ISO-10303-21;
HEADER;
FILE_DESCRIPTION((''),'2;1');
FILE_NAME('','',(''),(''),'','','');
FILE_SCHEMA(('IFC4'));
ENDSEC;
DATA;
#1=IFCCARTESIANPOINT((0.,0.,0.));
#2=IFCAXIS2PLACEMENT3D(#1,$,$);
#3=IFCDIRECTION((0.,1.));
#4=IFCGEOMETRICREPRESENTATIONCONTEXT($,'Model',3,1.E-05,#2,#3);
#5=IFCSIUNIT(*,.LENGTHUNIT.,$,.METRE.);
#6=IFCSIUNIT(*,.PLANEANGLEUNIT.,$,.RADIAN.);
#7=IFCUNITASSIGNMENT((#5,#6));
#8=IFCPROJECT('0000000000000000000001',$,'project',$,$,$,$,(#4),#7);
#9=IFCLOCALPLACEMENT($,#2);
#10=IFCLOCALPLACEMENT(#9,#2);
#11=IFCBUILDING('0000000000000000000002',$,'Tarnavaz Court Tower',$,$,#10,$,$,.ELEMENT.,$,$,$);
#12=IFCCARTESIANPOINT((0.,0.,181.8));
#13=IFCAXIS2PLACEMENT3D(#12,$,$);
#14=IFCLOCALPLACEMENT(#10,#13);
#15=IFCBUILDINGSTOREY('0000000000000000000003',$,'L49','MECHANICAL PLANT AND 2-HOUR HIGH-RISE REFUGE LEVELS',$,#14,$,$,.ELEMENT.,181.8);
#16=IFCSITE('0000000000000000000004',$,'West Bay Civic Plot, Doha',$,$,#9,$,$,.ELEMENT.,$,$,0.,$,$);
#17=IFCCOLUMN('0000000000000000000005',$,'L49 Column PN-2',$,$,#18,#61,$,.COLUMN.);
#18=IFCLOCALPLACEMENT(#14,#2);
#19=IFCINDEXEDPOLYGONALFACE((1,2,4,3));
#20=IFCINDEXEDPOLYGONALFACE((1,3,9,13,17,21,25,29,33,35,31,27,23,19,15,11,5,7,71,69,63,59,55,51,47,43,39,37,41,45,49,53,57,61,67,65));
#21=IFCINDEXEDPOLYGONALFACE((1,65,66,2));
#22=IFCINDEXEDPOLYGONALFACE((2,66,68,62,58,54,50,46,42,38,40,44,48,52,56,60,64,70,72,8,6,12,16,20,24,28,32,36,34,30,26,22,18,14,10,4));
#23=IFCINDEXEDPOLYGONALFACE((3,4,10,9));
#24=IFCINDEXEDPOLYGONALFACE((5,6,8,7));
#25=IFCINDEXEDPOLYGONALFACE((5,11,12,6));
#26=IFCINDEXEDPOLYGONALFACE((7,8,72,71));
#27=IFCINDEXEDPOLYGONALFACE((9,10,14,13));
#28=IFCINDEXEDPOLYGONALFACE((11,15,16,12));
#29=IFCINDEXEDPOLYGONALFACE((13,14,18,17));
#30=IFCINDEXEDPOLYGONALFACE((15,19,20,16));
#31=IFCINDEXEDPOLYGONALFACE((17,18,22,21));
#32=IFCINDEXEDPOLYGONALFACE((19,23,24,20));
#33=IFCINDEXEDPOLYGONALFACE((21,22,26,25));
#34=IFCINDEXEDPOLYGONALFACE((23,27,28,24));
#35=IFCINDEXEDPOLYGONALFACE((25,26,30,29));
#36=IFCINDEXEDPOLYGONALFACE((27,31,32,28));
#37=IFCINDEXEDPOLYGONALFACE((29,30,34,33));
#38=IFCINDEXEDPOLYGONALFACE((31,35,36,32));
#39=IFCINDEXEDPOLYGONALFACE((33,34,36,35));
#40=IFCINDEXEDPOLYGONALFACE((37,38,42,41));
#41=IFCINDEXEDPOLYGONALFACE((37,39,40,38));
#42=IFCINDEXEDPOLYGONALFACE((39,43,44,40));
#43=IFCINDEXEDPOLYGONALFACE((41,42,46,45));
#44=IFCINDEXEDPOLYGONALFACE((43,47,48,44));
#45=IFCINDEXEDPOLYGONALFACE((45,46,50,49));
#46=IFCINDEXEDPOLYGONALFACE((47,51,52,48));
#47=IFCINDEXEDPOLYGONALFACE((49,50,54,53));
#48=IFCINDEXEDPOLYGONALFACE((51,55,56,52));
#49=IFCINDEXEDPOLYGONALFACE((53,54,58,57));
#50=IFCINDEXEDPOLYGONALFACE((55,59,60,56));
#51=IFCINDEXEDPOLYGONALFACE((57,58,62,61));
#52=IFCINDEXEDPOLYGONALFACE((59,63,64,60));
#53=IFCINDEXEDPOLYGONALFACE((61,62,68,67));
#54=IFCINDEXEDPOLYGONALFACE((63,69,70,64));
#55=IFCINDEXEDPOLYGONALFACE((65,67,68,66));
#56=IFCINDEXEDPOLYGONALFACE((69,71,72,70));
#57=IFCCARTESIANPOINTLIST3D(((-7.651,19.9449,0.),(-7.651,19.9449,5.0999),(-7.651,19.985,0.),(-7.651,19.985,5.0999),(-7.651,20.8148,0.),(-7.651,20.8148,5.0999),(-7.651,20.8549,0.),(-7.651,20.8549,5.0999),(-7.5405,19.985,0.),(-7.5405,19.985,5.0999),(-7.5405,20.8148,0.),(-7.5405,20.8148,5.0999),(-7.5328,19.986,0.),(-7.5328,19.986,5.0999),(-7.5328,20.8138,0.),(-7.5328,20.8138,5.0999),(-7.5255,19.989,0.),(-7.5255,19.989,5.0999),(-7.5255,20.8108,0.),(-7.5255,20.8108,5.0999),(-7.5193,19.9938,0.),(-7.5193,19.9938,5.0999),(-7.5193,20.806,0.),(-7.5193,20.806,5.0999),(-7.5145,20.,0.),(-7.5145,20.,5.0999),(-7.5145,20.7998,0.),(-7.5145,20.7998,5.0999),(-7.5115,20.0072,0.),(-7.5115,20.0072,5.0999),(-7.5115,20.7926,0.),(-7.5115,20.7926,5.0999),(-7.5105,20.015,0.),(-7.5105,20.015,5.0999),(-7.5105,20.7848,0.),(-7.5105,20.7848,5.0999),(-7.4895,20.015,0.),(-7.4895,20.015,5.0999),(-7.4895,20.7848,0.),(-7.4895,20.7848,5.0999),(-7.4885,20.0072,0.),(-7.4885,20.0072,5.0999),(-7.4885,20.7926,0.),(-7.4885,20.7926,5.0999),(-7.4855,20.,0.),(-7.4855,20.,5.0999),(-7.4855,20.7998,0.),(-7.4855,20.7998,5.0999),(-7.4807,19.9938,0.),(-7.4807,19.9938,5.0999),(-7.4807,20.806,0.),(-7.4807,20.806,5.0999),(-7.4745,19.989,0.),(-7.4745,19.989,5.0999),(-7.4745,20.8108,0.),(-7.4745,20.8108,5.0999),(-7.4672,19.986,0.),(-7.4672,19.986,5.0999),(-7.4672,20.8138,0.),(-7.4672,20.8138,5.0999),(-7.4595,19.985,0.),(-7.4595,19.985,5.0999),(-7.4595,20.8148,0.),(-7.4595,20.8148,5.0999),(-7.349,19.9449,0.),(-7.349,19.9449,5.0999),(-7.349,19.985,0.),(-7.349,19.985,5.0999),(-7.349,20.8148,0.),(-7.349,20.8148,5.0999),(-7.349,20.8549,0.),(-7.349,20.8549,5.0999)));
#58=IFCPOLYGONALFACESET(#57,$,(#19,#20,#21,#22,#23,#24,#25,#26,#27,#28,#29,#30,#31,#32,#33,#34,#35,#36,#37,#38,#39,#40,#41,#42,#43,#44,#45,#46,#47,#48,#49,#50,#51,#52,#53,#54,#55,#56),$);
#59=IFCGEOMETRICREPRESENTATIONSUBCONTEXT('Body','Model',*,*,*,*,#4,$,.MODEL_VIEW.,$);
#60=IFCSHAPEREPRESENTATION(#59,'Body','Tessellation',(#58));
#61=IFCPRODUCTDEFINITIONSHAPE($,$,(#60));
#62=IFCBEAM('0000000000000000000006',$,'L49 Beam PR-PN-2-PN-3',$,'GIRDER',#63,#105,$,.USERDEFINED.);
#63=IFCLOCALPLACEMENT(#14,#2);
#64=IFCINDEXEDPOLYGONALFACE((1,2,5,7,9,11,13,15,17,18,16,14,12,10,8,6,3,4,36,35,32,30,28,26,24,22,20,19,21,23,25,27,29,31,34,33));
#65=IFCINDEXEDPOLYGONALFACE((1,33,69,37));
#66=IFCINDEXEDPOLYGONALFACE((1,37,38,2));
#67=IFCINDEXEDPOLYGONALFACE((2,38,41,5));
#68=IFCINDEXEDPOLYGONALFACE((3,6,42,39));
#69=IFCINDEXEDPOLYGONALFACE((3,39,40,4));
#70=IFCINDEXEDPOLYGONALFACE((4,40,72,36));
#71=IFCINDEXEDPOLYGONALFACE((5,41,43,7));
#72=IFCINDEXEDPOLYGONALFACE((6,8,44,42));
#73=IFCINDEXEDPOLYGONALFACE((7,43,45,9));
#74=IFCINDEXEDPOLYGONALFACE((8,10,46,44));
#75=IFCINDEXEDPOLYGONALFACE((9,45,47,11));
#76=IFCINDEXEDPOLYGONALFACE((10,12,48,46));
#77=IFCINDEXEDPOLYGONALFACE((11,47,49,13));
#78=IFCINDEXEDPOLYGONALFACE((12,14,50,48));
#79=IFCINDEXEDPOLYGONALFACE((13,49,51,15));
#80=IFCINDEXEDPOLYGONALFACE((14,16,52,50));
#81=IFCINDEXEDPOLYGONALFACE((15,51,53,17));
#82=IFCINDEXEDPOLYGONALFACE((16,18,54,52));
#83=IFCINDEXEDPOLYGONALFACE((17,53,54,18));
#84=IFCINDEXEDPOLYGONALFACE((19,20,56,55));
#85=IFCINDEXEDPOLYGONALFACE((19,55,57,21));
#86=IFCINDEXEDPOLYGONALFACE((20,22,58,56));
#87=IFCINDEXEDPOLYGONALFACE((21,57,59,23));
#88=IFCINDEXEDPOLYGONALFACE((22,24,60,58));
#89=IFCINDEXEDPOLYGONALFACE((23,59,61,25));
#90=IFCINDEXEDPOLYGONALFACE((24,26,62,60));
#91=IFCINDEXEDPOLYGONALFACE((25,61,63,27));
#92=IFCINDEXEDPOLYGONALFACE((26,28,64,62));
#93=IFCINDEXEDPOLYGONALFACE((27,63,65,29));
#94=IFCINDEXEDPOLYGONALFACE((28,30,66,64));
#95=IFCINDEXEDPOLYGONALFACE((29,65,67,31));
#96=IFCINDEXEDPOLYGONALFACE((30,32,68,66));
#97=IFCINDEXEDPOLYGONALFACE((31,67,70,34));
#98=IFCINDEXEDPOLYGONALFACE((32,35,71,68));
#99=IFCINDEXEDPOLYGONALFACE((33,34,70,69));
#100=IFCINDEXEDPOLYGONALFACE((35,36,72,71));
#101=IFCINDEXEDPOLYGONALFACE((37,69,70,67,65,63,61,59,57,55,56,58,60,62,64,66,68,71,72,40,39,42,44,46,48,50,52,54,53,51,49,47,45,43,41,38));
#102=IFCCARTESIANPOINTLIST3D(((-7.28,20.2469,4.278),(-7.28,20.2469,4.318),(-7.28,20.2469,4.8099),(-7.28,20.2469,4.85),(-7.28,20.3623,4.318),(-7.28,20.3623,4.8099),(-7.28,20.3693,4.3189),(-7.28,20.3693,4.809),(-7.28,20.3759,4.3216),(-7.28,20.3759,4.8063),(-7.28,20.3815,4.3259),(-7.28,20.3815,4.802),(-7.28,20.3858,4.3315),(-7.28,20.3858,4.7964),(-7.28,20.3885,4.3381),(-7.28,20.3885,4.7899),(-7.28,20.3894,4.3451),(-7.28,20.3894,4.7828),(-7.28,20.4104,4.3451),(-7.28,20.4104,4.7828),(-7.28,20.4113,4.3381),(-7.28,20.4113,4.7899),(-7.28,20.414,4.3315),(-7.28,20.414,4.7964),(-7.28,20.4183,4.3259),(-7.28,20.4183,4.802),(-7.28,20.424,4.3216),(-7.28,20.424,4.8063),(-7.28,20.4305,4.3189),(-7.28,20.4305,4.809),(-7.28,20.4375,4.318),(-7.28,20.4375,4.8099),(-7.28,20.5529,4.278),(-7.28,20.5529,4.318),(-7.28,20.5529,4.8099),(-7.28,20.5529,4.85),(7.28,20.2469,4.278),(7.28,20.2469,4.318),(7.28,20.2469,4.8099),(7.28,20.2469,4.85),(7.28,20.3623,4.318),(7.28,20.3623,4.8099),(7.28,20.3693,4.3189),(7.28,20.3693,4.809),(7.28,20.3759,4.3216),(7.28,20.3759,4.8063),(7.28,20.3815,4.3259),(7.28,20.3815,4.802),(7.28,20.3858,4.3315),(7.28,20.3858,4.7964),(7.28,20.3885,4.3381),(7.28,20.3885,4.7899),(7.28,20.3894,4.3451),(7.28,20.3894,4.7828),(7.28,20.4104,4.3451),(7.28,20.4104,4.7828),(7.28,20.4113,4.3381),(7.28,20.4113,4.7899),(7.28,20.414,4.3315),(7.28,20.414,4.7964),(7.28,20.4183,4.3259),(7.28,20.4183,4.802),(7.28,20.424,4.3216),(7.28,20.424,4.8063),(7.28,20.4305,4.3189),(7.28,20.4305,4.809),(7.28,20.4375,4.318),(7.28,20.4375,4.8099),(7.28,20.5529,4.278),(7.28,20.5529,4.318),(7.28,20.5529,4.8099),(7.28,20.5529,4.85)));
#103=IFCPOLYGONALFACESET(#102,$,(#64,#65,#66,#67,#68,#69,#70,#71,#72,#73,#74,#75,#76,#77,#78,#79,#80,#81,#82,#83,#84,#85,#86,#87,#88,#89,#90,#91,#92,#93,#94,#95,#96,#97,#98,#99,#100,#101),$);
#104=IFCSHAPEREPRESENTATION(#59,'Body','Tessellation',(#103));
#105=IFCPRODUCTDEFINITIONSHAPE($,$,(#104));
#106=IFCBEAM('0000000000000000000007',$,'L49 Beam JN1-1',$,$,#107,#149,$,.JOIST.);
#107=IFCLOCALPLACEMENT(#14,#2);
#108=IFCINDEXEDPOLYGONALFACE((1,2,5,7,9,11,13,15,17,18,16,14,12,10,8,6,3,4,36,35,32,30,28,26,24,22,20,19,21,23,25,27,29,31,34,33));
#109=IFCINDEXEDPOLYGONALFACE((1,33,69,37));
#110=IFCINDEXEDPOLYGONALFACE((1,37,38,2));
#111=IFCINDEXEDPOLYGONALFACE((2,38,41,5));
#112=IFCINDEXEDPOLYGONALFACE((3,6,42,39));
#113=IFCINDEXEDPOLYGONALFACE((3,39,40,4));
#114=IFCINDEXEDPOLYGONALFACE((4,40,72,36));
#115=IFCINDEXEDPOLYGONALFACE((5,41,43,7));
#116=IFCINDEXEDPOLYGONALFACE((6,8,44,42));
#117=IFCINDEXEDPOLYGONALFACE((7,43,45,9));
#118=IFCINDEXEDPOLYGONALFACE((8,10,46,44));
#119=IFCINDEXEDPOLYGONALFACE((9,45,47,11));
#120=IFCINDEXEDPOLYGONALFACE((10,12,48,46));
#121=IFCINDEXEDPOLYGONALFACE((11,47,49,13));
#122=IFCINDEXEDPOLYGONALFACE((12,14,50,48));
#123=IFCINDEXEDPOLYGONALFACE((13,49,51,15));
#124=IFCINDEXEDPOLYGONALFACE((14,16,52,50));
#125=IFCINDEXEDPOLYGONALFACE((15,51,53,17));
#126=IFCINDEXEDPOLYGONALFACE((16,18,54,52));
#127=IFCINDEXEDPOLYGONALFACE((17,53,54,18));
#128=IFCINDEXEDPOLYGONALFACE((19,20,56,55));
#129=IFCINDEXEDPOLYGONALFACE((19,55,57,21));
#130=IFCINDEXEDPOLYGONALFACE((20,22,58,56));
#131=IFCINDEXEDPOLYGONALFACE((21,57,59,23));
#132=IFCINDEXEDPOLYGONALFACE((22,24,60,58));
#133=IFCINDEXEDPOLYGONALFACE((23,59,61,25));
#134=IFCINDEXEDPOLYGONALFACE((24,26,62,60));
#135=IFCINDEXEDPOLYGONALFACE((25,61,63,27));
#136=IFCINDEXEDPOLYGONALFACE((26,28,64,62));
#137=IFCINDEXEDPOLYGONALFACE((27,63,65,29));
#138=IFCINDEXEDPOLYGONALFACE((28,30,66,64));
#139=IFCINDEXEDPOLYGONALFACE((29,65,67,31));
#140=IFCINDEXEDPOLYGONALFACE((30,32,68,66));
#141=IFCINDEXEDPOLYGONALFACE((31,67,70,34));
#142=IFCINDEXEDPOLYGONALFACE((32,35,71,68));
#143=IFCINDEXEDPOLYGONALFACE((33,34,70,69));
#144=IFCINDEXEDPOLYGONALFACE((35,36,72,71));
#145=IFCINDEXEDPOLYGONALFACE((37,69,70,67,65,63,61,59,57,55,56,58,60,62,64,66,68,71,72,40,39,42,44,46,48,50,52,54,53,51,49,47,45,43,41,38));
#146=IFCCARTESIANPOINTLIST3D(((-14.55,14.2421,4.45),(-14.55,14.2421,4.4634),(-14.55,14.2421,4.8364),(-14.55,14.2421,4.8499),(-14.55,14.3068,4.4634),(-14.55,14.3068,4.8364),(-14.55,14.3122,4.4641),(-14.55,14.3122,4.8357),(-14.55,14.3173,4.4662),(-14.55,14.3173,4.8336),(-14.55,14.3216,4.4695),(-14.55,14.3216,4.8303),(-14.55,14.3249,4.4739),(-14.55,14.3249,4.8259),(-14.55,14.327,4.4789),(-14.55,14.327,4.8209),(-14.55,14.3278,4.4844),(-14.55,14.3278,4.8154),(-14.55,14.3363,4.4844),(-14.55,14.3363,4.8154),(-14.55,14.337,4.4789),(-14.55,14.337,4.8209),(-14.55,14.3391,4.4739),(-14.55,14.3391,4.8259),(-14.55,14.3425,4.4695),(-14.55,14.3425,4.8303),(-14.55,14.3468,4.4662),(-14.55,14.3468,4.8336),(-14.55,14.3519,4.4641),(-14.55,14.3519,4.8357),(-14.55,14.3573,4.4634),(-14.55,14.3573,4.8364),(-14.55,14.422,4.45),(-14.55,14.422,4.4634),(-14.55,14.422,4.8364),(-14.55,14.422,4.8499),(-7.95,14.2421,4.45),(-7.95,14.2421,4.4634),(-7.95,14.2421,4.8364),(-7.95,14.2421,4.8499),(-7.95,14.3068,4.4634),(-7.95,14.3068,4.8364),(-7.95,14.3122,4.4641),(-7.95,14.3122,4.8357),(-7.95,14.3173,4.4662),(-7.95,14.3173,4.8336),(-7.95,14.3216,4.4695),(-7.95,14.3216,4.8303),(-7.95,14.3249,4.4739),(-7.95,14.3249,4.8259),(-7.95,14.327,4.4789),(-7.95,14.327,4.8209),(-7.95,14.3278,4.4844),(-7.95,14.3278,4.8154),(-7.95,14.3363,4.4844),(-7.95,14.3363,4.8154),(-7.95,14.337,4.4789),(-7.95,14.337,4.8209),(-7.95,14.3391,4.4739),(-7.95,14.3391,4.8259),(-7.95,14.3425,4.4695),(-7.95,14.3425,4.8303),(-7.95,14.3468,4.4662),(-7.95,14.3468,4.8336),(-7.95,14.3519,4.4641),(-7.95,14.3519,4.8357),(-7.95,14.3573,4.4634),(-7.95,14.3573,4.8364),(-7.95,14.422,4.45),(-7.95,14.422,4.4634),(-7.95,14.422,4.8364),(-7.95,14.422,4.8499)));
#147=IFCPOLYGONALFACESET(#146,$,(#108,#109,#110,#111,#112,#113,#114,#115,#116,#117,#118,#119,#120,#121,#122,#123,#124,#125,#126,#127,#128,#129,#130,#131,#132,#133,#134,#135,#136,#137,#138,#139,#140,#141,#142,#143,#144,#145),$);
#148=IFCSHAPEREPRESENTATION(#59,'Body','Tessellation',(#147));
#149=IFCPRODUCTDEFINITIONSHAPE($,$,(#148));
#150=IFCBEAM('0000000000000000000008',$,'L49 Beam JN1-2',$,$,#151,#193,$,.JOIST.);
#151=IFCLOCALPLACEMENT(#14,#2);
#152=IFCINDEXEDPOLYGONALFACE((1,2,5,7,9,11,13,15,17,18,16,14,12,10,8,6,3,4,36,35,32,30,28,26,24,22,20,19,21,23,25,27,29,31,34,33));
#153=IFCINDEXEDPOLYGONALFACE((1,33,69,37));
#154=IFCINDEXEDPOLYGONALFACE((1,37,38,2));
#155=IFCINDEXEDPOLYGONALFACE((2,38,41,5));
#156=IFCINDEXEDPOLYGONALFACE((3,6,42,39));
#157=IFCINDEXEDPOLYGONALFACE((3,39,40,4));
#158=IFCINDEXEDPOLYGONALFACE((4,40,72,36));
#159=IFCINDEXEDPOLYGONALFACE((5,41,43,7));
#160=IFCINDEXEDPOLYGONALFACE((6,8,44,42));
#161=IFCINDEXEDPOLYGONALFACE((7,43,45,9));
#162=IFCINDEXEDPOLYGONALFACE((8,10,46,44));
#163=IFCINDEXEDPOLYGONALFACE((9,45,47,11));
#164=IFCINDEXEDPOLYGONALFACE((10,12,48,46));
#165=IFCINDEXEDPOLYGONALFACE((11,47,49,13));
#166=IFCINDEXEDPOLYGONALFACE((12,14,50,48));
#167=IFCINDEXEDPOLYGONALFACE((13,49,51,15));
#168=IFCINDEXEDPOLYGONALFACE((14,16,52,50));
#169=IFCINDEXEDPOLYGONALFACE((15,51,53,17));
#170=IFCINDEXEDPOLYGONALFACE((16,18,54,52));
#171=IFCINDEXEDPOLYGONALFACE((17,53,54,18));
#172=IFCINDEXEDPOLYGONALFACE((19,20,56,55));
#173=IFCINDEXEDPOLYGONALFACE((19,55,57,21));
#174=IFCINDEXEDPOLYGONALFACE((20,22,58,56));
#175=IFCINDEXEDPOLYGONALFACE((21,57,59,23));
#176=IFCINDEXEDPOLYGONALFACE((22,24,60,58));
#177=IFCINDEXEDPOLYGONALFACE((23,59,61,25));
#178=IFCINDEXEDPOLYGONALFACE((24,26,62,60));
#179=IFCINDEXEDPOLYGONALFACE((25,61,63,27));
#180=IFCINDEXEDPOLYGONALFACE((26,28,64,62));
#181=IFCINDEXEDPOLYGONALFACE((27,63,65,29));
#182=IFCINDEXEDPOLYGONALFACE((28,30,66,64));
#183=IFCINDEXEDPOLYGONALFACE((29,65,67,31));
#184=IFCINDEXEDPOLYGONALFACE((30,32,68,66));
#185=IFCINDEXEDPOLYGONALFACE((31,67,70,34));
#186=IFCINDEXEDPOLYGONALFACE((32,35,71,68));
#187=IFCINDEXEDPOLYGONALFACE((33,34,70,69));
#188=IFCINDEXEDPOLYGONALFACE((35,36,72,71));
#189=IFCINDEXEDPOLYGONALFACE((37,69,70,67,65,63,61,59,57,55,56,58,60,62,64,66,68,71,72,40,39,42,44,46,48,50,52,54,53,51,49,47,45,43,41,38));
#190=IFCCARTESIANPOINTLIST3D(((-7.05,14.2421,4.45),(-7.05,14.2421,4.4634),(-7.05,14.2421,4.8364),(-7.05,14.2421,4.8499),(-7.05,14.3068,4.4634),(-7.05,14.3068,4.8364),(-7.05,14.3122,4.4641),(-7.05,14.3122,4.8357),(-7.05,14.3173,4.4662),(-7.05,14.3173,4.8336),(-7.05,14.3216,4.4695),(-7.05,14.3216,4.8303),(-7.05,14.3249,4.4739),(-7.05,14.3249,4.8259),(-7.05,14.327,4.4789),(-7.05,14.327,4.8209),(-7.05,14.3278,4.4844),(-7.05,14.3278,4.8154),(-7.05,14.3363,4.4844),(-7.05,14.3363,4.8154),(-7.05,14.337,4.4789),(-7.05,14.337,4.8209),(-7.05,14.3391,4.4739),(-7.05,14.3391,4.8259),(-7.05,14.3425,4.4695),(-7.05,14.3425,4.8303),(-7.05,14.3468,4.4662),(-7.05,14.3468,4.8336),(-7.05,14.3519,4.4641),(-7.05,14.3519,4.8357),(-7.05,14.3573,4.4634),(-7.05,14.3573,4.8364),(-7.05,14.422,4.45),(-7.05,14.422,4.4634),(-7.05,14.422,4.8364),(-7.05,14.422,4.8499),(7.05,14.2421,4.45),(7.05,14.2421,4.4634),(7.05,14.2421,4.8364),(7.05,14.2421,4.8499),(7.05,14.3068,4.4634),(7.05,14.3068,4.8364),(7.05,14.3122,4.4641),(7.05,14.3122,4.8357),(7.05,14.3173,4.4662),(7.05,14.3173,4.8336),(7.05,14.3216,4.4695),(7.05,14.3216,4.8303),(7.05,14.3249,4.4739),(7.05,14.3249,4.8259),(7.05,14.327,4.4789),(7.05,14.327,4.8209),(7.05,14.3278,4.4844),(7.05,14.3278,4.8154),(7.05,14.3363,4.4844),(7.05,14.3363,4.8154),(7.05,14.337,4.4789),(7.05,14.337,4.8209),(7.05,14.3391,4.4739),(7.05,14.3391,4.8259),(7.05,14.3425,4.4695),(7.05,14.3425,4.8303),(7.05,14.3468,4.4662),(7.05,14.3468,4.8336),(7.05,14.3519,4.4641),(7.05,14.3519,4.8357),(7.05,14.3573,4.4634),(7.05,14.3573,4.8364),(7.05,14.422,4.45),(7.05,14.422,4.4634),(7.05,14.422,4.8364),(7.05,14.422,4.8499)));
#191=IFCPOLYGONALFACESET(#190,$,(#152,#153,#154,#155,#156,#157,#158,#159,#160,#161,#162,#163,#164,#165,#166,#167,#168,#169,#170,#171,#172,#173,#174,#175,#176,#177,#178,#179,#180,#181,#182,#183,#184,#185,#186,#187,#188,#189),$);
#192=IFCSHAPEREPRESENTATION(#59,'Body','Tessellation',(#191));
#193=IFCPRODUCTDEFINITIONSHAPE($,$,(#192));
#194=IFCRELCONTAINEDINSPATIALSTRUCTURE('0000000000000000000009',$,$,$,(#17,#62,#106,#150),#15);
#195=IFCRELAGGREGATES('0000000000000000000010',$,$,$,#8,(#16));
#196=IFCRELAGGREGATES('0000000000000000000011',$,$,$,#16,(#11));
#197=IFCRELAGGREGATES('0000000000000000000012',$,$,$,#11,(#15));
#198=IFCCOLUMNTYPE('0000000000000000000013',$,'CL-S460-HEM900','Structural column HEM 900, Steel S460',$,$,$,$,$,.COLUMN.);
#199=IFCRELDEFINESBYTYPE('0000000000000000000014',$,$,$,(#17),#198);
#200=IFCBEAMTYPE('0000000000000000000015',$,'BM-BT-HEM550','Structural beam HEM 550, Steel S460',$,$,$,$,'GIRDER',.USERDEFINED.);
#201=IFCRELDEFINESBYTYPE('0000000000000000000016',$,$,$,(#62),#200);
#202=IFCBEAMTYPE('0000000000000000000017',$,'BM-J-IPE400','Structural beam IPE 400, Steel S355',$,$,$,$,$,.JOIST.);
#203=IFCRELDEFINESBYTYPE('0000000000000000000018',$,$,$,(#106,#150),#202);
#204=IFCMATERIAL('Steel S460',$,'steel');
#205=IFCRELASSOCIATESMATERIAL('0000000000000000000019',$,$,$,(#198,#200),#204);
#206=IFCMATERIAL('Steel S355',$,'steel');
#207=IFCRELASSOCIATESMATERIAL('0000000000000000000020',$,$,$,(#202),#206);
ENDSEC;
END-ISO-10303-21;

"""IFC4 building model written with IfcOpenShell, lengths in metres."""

from ifc_helpers import new_model, si_unit, direction, frame, origin, origin_2d, place, context, subcontext, project, spatial, i_section, extrude, material, material_profile, profile_set, type_object, element, save


model = new_model("IFC4")

# Units and contexts
model_context = context("Model", 3, precision=1e-05, world=origin(), true_north=direction((0.0, 1.0)))
body_context = subcontext(model_context, "Body", "Model", "MODEL_VIEW")
ifc_project = project(units=[si_unit("LENGTHUNIT", "METRE"), si_unit("PLANEANGLEUNIT", "RADIAN")], contexts=[model_context])

# Site, building, storey
site_placement = place(None, origin())
site = spatial("IfcSite", under=ifc_project, at=site_placement, Name="West Bay Civic Plot, Doha", CompositionType="ELEMENT", RefElevation=0.0)
building_placement = place(site_placement, origin())
building = spatial("IfcBuilding", under=site, at=building_placement, Name="Tarnavaz Court Tower", CompositionType="ELEMENT")
storey_placement = place(building_placement, frame((0.0, 0.0, 181.8)))
storey = spatial("IfcBuildingStorey", under=building, at=storey_placement, Name="L49", Description="MECHANICAL PLANT AND 2-HOUR HIGH-RISE REFUGE LEVELS", CompositionType="ELEMENT", Elevation=181.8)

# Column
ifc_material_1 = material(Name="Steel S460", Category="steel")
ifc_material_profile_1 = material_profile(ifc_material_1, i_section(OverallWidth=0.302, OverallDepth=0.9099, WebThickness=0.021, FlangeThickness=0.04, FilletRadius=0.03, at=origin_2d()), Name="HEM 900")
ifc_profile_set_1 = profile_set([ifc_material_profile_1], Name="Steel S460")
column_type = type_object("IfcColumnType", Name="CL-S460-HEM900", Description="Structural column HEM 900, Steel S460", PredefinedType="COLUMN", material=ifc_profile_set_1)
column_placement = place(storey_placement, frame((-7.5, 20.3999, 0.0), z_axis=(0.0, 0.0, 1.0), x_axis=(1.0, 0.0, 0.0)))
element("IfcColumn", 1, at=column_placement, inside=storey, type_object=column_type, Name="L49 Column PN-2", PredefinedType="COLUMN", context=body_context, shape_type="SweptSolid", body=[
    extrude(i_section(OverallWidth=0.302, OverallDepth=0.9099, WebThickness=0.021, FlangeThickness=0.04, FilletRadius=0.03, at=origin_2d()), origin(), (0.0, 0.0, 1.0), 5.0999),
])

# Beams
ifc_material_profile_2 = material_profile(ifc_material_1, i_section(OverallWidth=0.3059, OverallDepth=0.572, WebThickness=0.021, FlangeThickness=0.04, FilletRadius=0.0271, at=origin_2d()), Name="HEM 550")
ifc_profile_set_2 = profile_set([ifc_material_profile_2], Name="Steel S460")
beam_type_1 = type_object("IfcBeamType", Name="BM-BT-HEM550", Description="Structural beam HEM 550, Steel S460", ElementType="GIRDER", PredefinedType="USERDEFINED", material=ifc_profile_set_2)
beam_1_placement = place(storey_placement, frame((-7.28, 20.3999, 4.564), z_axis=(1.0, 0.0, 0.0), x_axis=(0.0, 1.0, 0.0)))
element("IfcBeam", 2, at=beam_1_placement, inside=storey, type_object=beam_type_1, Name="L49 Beam PR-PN-2-PN-3", ObjectType="GIRDER", PredefinedType="USERDEFINED", context=body_context, shape_type="SweptSolid", body=[
    extrude(i_section(OverallWidth=0.3059, OverallDepth=0.572, WebThickness=0.021, FlangeThickness=0.04, FilletRadius=0.0271, at=origin_2d()), origin(), (0.0, 0.0, 1.0), 14.5601),
])
ifc_material_2 = material(Name="Steel S355", Category="steel")
ifc_material_profile_3 = material_profile(ifc_material_2, i_section(OverallWidth=0.1799, OverallDepth=0.3999, WebThickness=0.0085, FlangeThickness=0.0134, FilletRadius=0.021, at=origin_2d()), Name="IPE 400")
ifc_profile_set_3 = profile_set([ifc_material_profile_3], Name="Steel S355")
beam_type_2 = type_object("IfcBeamType", Name="BM-J-IPE400", Description="Structural beam IPE 400, Steel S355", PredefinedType="JOIST", material=ifc_profile_set_3)
beam_2_placement = place(storey_placement, frame((-14.55, 14.332, 4.6499), z_axis=(1.0, 0.0, 0.0), x_axis=(0.0, 1.0, 0.0)))
element("IfcBeam", 3, at=beam_2_placement, inside=storey, type_object=beam_type_2, Name="L49 Beam JN1-1", PredefinedType="JOIST", context=body_context, shape_type="SweptSolid", body=[
    extrude(i_section(OverallWidth=0.1799, OverallDepth=0.3999, WebThickness=0.0085, FlangeThickness=0.0134, FilletRadius=0.021, at=origin_2d()), origin(), (0.0, 0.0, 1.0), 6.6001),
])
beam_3_placement = place(storey_placement, frame((-7.05, 14.332, 4.6499), z_axis=(1.0, 0.0, 0.0), x_axis=(0.0, 1.0, 0.0)))
element("IfcBeam", 4, at=beam_3_placement, inside=storey, type_object=beam_type_2, Name="L49 Beam JN1-2", PredefinedType="JOIST", context=body_context, shape_type="SweptSolid", body=[
    extrude(i_section(OverallWidth=0.1799, OverallDepth=0.3999, WebThickness=0.0085, FlangeThickness=0.0134, FilletRadius=0.021, at=origin_2d()), origin(), (0.0, 0.0, 1.0), 14.1001),
])

save(model, "model.ifc")
